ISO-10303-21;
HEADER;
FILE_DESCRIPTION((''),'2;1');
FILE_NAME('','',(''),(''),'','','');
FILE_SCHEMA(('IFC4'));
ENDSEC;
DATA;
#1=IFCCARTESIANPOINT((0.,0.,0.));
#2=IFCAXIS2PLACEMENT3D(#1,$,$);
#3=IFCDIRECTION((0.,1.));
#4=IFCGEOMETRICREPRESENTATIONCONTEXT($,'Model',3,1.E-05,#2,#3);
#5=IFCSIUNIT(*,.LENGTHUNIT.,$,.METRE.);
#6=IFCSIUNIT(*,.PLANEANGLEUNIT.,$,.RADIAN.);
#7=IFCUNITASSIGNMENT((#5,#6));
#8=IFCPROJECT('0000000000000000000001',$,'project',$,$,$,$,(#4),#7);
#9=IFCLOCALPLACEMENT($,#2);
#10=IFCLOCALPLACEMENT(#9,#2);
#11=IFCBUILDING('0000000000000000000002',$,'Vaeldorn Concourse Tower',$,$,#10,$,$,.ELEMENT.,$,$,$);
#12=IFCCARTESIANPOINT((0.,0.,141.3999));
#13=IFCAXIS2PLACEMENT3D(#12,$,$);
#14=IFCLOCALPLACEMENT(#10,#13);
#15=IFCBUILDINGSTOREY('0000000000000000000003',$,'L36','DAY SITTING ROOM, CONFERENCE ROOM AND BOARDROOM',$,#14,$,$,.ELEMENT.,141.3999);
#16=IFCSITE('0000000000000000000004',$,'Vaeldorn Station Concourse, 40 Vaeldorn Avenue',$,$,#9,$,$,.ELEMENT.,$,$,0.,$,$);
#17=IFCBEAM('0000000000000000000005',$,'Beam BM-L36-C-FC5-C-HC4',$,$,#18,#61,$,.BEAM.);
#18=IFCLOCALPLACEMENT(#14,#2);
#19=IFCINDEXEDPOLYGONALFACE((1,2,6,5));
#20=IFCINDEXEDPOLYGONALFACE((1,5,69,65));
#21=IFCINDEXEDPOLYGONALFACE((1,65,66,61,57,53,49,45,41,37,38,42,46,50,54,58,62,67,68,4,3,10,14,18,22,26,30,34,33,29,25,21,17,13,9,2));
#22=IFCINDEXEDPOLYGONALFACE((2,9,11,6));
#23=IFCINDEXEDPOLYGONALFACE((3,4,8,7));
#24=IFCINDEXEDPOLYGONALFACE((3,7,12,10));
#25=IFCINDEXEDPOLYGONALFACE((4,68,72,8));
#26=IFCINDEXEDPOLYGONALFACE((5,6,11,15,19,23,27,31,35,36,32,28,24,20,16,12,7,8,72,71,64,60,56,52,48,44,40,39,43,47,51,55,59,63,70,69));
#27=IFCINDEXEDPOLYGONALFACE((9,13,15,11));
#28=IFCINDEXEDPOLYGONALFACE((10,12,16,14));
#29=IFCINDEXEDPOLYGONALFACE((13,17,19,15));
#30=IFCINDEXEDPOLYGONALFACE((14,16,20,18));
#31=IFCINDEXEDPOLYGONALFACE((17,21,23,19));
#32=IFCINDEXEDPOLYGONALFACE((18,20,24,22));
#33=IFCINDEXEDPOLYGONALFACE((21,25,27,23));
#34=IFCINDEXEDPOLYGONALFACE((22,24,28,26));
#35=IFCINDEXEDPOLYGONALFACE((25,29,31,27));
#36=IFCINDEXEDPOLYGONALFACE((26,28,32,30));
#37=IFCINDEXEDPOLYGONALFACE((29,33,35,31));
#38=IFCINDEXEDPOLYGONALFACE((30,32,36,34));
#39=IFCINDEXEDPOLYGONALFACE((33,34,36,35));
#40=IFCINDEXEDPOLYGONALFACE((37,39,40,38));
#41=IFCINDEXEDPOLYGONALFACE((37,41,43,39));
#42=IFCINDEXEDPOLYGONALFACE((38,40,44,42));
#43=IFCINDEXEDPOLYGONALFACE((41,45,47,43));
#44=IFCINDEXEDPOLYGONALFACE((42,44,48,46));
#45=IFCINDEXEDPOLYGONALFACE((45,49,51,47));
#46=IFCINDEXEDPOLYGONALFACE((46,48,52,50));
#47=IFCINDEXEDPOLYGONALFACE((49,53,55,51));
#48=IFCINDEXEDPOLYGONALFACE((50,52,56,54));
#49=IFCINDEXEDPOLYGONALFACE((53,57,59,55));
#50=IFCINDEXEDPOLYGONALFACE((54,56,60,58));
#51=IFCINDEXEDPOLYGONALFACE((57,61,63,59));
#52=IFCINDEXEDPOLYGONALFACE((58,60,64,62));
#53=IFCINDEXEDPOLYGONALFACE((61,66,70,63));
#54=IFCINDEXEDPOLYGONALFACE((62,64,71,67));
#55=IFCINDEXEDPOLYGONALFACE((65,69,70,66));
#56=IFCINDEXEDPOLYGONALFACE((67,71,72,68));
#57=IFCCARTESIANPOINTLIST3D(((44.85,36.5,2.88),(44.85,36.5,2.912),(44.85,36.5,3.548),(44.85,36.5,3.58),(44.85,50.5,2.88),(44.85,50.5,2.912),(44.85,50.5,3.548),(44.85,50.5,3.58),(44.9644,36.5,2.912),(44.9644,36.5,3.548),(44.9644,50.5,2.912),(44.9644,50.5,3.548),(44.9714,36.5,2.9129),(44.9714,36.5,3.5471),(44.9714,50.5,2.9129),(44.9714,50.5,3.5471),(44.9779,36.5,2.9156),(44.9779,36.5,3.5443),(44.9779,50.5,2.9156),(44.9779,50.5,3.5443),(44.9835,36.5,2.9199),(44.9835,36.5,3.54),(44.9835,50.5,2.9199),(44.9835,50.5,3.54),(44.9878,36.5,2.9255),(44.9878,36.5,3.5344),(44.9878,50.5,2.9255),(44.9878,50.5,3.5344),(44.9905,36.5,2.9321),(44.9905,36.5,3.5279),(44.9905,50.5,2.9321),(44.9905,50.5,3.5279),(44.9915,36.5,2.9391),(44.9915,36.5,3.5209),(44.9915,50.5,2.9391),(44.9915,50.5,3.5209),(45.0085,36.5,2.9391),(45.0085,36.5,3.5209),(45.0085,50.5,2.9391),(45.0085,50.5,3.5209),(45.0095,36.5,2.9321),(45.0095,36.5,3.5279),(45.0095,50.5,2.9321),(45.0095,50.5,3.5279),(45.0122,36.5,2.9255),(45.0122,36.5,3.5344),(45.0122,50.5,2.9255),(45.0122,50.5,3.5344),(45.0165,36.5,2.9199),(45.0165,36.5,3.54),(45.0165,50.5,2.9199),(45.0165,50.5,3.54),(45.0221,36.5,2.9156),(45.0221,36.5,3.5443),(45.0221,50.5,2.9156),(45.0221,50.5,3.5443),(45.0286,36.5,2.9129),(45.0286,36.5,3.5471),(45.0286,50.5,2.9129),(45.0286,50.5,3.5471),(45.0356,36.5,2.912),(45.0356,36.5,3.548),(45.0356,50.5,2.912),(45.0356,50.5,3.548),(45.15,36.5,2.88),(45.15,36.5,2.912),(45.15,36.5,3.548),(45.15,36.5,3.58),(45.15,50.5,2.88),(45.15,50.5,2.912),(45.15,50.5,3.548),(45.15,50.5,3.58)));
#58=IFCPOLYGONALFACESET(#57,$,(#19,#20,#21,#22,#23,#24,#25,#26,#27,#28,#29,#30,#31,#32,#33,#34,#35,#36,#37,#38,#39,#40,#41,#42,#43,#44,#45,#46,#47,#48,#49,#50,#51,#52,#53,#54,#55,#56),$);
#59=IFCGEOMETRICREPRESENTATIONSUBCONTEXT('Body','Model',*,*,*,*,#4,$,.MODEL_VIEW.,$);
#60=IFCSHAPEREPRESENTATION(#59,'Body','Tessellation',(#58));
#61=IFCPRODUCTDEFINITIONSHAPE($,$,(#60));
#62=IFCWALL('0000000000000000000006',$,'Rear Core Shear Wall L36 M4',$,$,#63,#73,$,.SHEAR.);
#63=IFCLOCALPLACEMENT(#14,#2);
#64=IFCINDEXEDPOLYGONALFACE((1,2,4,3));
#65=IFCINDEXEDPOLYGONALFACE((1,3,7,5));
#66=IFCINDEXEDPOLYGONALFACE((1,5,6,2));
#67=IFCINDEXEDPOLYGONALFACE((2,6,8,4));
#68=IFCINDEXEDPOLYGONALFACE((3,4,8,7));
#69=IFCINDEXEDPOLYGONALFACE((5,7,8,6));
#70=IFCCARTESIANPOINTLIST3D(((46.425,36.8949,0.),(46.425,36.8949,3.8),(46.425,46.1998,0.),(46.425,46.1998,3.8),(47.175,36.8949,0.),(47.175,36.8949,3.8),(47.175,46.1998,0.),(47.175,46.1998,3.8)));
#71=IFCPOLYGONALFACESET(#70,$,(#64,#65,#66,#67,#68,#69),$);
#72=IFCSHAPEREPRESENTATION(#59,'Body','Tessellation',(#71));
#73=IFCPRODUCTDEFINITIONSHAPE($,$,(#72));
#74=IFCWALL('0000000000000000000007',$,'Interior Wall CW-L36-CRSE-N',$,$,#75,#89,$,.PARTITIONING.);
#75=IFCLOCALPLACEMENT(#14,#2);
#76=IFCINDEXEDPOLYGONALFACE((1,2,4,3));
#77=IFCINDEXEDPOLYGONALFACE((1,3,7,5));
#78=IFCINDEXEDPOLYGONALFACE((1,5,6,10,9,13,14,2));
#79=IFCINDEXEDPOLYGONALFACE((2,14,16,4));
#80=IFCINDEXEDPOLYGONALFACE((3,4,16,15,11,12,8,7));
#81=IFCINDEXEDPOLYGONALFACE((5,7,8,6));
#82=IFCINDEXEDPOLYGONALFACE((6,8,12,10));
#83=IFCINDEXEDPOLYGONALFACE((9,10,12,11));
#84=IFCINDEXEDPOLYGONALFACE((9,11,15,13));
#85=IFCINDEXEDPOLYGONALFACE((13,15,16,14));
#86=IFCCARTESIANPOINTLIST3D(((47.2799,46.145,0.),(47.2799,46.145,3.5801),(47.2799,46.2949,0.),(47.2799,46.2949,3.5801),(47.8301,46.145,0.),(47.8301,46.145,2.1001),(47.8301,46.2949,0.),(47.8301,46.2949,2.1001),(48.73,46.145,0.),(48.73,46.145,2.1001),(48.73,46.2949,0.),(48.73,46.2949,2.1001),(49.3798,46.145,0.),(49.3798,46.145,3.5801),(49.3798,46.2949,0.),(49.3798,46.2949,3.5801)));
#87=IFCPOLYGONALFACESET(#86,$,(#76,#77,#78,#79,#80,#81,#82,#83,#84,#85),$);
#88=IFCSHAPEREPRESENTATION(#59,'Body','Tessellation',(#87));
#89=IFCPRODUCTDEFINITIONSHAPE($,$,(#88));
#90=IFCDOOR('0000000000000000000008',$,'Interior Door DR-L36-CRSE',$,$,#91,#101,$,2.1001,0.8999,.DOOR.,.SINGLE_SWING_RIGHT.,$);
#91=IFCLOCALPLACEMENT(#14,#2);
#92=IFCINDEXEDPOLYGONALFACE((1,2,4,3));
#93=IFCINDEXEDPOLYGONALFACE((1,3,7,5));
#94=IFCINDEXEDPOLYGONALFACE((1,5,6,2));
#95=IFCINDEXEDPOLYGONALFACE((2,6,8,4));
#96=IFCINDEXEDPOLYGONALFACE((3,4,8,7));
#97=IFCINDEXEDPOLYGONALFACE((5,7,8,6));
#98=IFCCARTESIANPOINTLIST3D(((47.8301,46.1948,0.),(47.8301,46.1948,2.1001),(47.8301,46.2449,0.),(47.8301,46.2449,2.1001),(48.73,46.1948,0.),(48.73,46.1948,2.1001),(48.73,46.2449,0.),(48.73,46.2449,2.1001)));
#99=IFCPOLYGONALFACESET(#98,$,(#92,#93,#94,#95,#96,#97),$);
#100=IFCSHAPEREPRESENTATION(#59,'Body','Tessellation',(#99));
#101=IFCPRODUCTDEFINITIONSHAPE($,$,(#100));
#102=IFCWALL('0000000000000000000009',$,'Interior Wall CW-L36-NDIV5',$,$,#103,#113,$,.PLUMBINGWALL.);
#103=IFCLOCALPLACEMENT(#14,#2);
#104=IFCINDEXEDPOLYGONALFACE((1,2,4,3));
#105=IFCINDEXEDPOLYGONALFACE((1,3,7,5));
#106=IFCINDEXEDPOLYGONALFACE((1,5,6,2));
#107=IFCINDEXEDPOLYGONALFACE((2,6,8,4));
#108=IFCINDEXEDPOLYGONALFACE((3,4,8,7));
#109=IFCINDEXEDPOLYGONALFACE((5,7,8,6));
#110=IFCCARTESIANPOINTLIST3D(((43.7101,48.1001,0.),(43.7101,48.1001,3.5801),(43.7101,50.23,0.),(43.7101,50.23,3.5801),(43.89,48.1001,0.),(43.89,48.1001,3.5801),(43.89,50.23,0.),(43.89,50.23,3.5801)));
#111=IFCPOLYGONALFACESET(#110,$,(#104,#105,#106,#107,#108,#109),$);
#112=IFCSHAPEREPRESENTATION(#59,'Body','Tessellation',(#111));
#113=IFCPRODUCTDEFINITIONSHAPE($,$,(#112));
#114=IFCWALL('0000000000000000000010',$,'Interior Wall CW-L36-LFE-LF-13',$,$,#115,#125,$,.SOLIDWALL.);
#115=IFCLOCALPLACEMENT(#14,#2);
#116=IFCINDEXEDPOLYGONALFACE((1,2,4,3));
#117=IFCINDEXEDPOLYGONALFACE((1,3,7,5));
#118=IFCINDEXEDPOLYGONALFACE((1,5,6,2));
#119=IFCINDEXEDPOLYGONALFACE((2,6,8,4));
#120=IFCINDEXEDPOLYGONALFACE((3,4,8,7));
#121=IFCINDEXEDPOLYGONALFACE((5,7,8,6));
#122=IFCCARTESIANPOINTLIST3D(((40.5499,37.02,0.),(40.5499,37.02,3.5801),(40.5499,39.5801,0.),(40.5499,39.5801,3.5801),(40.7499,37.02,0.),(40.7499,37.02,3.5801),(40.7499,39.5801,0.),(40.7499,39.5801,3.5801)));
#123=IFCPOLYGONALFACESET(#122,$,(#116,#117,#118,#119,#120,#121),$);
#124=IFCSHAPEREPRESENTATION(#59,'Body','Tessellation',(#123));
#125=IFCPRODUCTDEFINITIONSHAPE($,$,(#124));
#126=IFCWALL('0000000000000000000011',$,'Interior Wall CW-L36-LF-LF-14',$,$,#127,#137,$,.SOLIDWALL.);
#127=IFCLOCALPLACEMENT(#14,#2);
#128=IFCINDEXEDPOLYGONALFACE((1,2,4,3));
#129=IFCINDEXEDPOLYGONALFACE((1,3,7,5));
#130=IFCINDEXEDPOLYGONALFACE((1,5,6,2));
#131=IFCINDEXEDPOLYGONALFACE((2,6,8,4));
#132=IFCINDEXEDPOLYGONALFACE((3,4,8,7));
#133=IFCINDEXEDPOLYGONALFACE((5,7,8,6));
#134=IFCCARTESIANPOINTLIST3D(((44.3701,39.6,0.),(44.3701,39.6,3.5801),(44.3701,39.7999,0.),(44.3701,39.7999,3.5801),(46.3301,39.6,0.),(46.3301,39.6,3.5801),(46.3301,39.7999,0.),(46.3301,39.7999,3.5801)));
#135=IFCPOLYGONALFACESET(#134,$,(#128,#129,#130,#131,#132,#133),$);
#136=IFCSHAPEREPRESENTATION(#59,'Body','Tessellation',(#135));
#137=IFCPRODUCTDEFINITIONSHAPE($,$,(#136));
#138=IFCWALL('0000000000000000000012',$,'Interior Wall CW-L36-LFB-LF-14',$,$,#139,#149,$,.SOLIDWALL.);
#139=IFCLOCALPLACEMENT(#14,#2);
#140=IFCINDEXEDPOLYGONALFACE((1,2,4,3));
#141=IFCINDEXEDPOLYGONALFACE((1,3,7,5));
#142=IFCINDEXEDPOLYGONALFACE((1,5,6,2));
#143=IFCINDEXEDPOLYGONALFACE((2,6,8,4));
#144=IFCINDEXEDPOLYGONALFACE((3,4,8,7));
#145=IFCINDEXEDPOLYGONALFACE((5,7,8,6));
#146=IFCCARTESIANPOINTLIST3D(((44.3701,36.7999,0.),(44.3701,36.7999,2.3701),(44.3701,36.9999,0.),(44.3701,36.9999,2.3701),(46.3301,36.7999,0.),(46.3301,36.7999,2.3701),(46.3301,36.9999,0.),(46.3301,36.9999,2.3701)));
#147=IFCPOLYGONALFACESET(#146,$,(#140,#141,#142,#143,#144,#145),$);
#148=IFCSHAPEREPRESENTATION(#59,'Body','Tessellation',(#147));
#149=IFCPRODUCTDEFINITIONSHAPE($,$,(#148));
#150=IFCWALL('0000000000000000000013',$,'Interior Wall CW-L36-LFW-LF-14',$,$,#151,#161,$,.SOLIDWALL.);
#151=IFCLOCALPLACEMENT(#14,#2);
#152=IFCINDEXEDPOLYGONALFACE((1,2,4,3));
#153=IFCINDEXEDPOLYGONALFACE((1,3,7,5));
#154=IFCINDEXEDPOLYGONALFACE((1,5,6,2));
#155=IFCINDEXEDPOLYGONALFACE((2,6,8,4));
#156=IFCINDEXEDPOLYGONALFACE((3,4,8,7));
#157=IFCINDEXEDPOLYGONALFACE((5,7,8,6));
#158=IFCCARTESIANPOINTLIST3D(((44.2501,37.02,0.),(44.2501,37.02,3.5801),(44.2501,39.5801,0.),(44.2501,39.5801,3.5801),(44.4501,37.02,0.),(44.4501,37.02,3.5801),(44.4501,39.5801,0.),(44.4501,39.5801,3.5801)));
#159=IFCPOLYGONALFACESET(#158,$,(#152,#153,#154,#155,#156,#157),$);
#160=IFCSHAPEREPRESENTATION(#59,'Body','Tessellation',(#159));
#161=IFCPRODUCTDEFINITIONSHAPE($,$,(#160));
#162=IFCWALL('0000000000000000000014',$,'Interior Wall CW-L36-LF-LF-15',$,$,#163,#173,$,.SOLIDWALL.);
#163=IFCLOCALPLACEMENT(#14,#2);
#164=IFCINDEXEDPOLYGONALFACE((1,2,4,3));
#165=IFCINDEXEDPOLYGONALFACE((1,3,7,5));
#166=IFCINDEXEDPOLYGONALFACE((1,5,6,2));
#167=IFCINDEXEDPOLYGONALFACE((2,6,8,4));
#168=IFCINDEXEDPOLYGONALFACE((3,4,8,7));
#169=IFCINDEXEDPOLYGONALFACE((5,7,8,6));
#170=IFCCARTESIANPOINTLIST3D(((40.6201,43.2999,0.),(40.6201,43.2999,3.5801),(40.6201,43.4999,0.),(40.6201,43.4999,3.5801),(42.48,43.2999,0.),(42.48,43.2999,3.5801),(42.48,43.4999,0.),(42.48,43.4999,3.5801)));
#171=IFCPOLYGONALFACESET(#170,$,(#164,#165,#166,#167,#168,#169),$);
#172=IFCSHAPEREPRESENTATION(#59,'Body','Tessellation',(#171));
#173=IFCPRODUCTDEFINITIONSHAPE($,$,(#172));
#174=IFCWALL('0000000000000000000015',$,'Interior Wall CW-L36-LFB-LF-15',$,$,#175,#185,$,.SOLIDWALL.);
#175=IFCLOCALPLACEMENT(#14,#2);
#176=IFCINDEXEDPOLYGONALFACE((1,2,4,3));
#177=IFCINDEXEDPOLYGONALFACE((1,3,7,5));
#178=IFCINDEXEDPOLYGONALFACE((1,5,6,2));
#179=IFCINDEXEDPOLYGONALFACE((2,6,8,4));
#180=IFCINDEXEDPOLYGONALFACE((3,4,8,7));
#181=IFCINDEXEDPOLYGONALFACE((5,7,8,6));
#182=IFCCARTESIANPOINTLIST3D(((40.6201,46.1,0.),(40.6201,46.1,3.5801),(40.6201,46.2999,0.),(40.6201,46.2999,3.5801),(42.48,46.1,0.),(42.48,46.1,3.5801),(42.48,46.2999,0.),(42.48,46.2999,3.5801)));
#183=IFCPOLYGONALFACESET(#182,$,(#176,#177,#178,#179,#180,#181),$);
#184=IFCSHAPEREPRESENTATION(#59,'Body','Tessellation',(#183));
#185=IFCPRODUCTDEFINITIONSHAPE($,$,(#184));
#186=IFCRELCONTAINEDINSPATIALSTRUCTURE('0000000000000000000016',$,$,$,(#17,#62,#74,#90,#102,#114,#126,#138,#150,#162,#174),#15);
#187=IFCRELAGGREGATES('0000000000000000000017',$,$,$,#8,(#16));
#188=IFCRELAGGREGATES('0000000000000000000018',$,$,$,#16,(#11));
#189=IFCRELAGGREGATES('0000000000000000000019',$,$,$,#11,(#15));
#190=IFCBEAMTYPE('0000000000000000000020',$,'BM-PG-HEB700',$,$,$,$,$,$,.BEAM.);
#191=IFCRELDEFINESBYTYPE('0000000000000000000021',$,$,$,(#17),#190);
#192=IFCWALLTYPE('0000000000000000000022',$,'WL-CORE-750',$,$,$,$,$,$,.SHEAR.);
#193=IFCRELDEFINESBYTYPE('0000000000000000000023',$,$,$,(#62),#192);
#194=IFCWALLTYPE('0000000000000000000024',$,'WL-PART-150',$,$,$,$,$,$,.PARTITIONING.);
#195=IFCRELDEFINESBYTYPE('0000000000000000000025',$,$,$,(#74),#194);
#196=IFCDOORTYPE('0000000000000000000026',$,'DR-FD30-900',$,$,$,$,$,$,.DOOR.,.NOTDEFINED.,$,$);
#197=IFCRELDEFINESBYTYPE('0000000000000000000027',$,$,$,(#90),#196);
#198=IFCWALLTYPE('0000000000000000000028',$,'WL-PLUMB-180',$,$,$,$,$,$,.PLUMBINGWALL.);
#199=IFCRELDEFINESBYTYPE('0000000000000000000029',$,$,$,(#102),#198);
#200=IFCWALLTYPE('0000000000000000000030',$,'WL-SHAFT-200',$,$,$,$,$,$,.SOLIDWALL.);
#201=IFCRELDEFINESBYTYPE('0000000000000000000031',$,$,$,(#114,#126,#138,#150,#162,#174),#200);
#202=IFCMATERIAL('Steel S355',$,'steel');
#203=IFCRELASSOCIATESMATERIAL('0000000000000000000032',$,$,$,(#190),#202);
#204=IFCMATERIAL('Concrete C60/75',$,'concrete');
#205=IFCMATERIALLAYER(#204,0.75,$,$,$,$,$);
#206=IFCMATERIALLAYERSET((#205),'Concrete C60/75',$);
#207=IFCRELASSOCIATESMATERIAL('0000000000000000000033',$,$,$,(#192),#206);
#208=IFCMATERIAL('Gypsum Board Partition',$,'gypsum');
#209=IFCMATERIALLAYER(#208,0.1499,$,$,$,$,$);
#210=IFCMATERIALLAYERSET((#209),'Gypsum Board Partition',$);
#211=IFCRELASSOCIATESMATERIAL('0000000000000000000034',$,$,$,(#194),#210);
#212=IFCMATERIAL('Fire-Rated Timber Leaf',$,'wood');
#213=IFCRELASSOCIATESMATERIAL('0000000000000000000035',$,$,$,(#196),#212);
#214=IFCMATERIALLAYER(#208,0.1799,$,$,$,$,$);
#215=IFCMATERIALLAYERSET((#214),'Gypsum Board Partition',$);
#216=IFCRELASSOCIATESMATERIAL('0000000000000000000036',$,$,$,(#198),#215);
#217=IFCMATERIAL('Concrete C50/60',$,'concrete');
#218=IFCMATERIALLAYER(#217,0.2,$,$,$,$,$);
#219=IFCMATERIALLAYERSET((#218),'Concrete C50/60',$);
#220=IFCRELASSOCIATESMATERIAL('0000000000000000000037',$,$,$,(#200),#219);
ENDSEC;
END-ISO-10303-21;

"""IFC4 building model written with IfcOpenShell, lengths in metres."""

from ifc_helpers import new_model, si_unit, direction, frame, frame_2d, origin, origin_2d, place, context, subcontext, project, spatial, rectangle, i_section, extrude, source, transform, mapped, material, layer, layer_set, material_profile, profile_set, type_object, element, fill, save


model = new_model("IFC4")

# Units and contexts
model_context = context("Model", 3, precision=1e-05, world=origin(), true_north=direction((0.0, 1.0)))
body_context = subcontext(model_context, "Body", "Model", "MODEL_VIEW")
ifc_project = project(units=[si_unit("LENGTHUNIT", "METRE"), si_unit("PLANEANGLEUNIT", "RADIAN")], contexts=[model_context])

# Site, building, storey
site_placement = place(None, origin())
site = spatial("IfcSite", under=ifc_project, at=site_placement, Name="Vaeldorn Station Concourse, 40 Vaeldorn Avenue", CompositionType="ELEMENT", RefElevation=0.0)
building_placement = place(site_placement, origin())
building = spatial("IfcBuilding", under=site, at=building_placement, Name="Vaeldorn Concourse Tower", CompositionType="ELEMENT")
storey_placement = place(building_placement, frame((0.0, 0.0, 141.3999)))
storey = spatial("IfcBuildingStorey", under=building, at=storey_placement, Name="L36", Description="DAY SITTING ROOM, CONFERENCE ROOM AND BOARDROOM", CompositionType="ELEMENT", Elevation=141.3999)

# Beam
ifc_material_1 = material(Name="Concrete C60/75", Category="concrete")
ifc_material_2 = material(Name="Steel S355", Category="steel")
ifc_material_profile_1 = material_profile(ifc_material_2, i_section(OverallWidth=0.3, OverallDepth=0.7, WebThickness=0.0171, FlangeThickness=0.032, FilletRadius=0.0271, at=origin_2d()), Name="HEB 700")
ifc_profile_set_1 = profile_set([ifc_material_profile_1], Name="Steel S355")
beam_type_1 = type_object("IfcBeamType", Name="BM-PG-HEB700", PredefinedType="BEAM", material=ifc_profile_set_1)
shared_shape_1 = source(origin(), body_context, "Body", "SweptSolid", [
    extrude(i_section(OverallWidth=0.3, OverallDepth=0.7, WebThickness=0.0171, FlangeThickness=0.032, FilletRadius=0.0271, at=origin_2d()), origin(), (0.0, 0.0, 1.0), 14.0),
])
beam_1_placement = place(storey_placement, frame((45.0, 36.5, 3.23), z_axis=(0.0, 1.0, 0.0), x_axis=(-1.0, 0.0, 0.0)))
element("IfcBeam", 1, at=beam_1_placement, inside=storey, type_object=beam_type_1, Name="Beam BM-L36-C-FC5-C-HC4", PredefinedType="BEAM", context=body_context, shape_type="MappedRepresentation", body=[
    mapped(shared_shape_1, transform((0.0, 0.0, 0.0), scale=1.0)),
])

# Wall
ifc_layer_1 = layer(ifc_material_1, 0.75)
ifc_layer_set_1 = layer_set([ifc_layer_1], Name="Concrete C60/75")
wall_type_1 = type_object("IfcWallType", Name="WL-CORE-750", PredefinedType="SHEAR", material=ifc_layer_set_1)
wall_1_placement = place(storey_placement, frame((46.8, 36.895, 0.0), z_axis=(0.0, 0.0, 1.0), x_axis=(0.0, 1.0, 0.0)))
element("IfcWall", 2, at=wall_1_placement, inside=storey, type_object=wall_type_1, Name="Rear Core Shear Wall L36 M4", PredefinedType="SHEAR", context=body_context, shape_type="SweptSolid", body=[
    extrude(rectangle(XDim=9.3049, YDim=0.75, at=frame_2d((4.6523, 0.0))), origin(), (0.0, 0.0, 1.0), 3.8),
])

# Wall, opening, door
ifc_material_3 = material(Name="Gypsum Board Partition", Category="gypsum")
ifc_layer_2 = layer(ifc_material_3, 0.1499)
ifc_layer_set_2 = layer_set([ifc_layer_2], Name="Gypsum Board Partition")
wall_type_2 = type_object("IfcWallType", Name="WL-PART-150", PredefinedType="PARTITIONING", material=ifc_layer_set_2)
wall_2_placement = place(storey_placement, frame((47.28, 46.22, 0.0), z_axis=(0.0, 0.0, 1.0), x_axis=(1.0, 0.0, 0.0)))
wall_2 = element("IfcWall", 3, at=wall_2_placement, inside=storey, type_object=wall_type_2, Name="Interior Wall CW-L36-CRSE-N", PredefinedType="PARTITIONING", context=body_context, shape_type="SweptSolid", body=[
    extrude(rectangle(XDim=2.0999, YDim=0.1499, at=frame_2d((1.0498, 0.0))), origin(), (0.0, 0.0, 1.0), 3.5801),
])
opening_1_placement = place(wall_2_placement, frame((0.55, 0.0, 0.0)))
opening_1 = element("IfcOpeningElement", 4, at=opening_1_placement, cuts=wall_2, PredefinedType="OPENING", context=body_context, shape_type="SweptSolid", body=[
    extrude(rectangle(XDim=0.8999, YDim=2.1001, at=frame_2d((0.45, 1.05))), frame((0.0, 0.085, 0.0), z_axis=(0.0, -1.0, 0.0), x_axis=(1.0, 0.0, 0.0)), (0.0, 0.0, 1.0), 0.1699),
])
ifc_material_4 = material(Name="Fire-Rated Timber Leaf", Category="wood")
door_type_1 = type_object("IfcDoorType", Name="DR-FD30-900", OperationType="NOTDEFINED", PredefinedType="DOOR", material=ifc_material_4)
shared_shape_2 = source(origin(), body_context, "Body", "SweptSolid", [
    extrude(rectangle(XDim=0.8999, YDim=2.1001, at=frame_2d((0.45, 1.05))), frame((0.0, 0.0249, 0.0), z_axis=(0.0, -1.0, 0.0), x_axis=(1.0, 0.0, 0.0)), (0.0, 0.0, 1.0), 0.05),
])
door_1_placement = place(opening_1_placement, origin())
door_1 = element("IfcDoor", 5, at=door_1_placement, inside=storey, type_object=door_type_1, Name="Interior Door DR-L36-CRSE", OperationType="SINGLE_SWING_RIGHT", OverallHeight=2.1001, OverallWidth=0.8999, PredefinedType="DOOR", context=body_context, shape_type="MappedRepresentation", body=[
    mapped(shared_shape_2, transform((0.0, 0.0, 0.0), scale=1.0)),
])
fill(opening_1, door_1)

# Wall
ifc_layer_3 = layer(ifc_material_3, 0.1799)
ifc_layer_set_3 = layer_set([ifc_layer_3], Name="Gypsum Board Partition")
wall_type_3 = type_object("IfcWallType", Name="WL-PLUMB-180", PredefinedType="PLUMBINGWALL", material=ifc_layer_set_3)
wall_3_placement = place(storey_placement, frame((43.8, 48.1001, 0.0), z_axis=(0.0, 0.0, 1.0), x_axis=(0.0, 1.0, 0.0)))
element("IfcWall", 6, at=wall_3_placement, inside=storey, type_object=wall_type_3, Name="Interior Wall CW-L36-NDIV5", PredefinedType="PLUMBINGWALL", context=body_context, shape_type="SweptSolid", body=[
    extrude(rectangle(XDim=2.1299, YDim=0.1799, at=frame_2d((1.0649, 0.0))), origin(), (0.0, 0.0, 1.0), 3.5801),
])

# Shared definitions
ifc_material_5 = material(Name="Concrete C50/60", Category="concrete")
ifc_layer_4 = layer(ifc_material_5, 0.2)
ifc_layer_set_4 = layer_set([ifc_layer_4], Name="Concrete C50/60")
wall_type_4 = type_object("IfcWallType", Name="WL-SHAFT-200", PredefinedType="SOLIDWALL", material=ifc_layer_set_4)

# Walls
wall_4_placement = place(storey_placement, frame((40.6499, 37.02, 0.0), z_axis=(0.0, 0.0, 1.0), x_axis=(0.0, 1.0, 0.0)))
element("IfcWall", 7, at=wall_4_placement, inside=storey, type_object=wall_type_4, Name="Interior Wall CW-L36-LFE-LF-13", PredefinedType="SOLIDWALL", context=body_context, shape_type="SweptSolid", body=[
    extrude(rectangle(XDim=2.5601, YDim=0.2, at=frame_2d((1.28, 0.0))), origin(), (0.0, 0.0, 1.0), 3.5801),
])
wall_5_placement = place(storey_placement, frame((44.3701, 39.7, 0.0), z_axis=(0.0, 0.0, 1.0), x_axis=(1.0, 0.0, 0.0)))
element("IfcWall", 8, at=wall_5_placement, inside=storey, type_object=wall_type_4, Name="Interior Wall CW-L36-LF-LF-14", PredefinedType="SOLIDWALL", context=body_context, shape_type="SweptSolid", body=[
    extrude(rectangle(XDim=1.96, YDim=0.2, at=frame_2d((0.98, 0.0))), origin(), (0.0, 0.0, 1.0), 3.5801),
])
wall_6_placement = place(storey_placement, frame((44.3701, 36.8999, 0.0), z_axis=(0.0, 0.0, 1.0), x_axis=(1.0, 0.0, 0.0)))
element("IfcWall", 9, at=wall_6_placement, inside=storey, type_object=wall_type_4, Name="Interior Wall CW-L36-LFB-LF-14", PredefinedType="SOLIDWALL", context=body_context, shape_type="SweptSolid", body=[
    extrude(rectangle(XDim=1.96, YDim=0.2, at=frame_2d((0.98, 0.0))), origin(), (0.0, 0.0, 1.0), 2.3701),
])
wall_7_placement = place(storey_placement, frame((44.3501, 37.02, 0.0), z_axis=(0.0, 0.0, 1.0), x_axis=(0.0, 1.0, 0.0)))
element("IfcWall", 10, at=wall_7_placement, inside=storey, type_object=wall_type_4, Name="Interior Wall CW-L36-LFW-LF-14", PredefinedType="SOLIDWALL", context=body_context, shape_type="SweptSolid", body=[
    extrude(rectangle(XDim=2.5601, YDim=0.2, at=frame_2d((1.28, 0.0))), origin(), (0.0, 0.0, 1.0), 3.5801),
])
for number, where, z_axis, x_axis, name in (
    (11, (40.6201, 43.3999, 0.0), (0.0, 0.0, 1.0), (1.0, 0.0, 0.0), "Interior Wall CW-L36-LF-LF-15"),
    (12, (40.6201, 46.2, 0.0), (0.0, 0.0, 1.0), (1.0, 0.0, 0.0), "Interior Wall CW-L36-LFB-LF-15"),
):
    element("IfcWall", number, at=place(storey_placement, frame(where, z_axis=z_axis, x_axis=x_axis)), inside=storey, type_object=wall_type_4, Name=name, PredefinedType="SOLIDWALL", context=body_context, shape_type="SweptSolid", body=[
        extrude(rectangle(XDim=1.8599, YDim=0.2, at=frame_2d((0.9299, 0.0))), origin(), (0.0, 0.0, 1.0), 3.5801),
    ])

save(model, "model.ifc")
